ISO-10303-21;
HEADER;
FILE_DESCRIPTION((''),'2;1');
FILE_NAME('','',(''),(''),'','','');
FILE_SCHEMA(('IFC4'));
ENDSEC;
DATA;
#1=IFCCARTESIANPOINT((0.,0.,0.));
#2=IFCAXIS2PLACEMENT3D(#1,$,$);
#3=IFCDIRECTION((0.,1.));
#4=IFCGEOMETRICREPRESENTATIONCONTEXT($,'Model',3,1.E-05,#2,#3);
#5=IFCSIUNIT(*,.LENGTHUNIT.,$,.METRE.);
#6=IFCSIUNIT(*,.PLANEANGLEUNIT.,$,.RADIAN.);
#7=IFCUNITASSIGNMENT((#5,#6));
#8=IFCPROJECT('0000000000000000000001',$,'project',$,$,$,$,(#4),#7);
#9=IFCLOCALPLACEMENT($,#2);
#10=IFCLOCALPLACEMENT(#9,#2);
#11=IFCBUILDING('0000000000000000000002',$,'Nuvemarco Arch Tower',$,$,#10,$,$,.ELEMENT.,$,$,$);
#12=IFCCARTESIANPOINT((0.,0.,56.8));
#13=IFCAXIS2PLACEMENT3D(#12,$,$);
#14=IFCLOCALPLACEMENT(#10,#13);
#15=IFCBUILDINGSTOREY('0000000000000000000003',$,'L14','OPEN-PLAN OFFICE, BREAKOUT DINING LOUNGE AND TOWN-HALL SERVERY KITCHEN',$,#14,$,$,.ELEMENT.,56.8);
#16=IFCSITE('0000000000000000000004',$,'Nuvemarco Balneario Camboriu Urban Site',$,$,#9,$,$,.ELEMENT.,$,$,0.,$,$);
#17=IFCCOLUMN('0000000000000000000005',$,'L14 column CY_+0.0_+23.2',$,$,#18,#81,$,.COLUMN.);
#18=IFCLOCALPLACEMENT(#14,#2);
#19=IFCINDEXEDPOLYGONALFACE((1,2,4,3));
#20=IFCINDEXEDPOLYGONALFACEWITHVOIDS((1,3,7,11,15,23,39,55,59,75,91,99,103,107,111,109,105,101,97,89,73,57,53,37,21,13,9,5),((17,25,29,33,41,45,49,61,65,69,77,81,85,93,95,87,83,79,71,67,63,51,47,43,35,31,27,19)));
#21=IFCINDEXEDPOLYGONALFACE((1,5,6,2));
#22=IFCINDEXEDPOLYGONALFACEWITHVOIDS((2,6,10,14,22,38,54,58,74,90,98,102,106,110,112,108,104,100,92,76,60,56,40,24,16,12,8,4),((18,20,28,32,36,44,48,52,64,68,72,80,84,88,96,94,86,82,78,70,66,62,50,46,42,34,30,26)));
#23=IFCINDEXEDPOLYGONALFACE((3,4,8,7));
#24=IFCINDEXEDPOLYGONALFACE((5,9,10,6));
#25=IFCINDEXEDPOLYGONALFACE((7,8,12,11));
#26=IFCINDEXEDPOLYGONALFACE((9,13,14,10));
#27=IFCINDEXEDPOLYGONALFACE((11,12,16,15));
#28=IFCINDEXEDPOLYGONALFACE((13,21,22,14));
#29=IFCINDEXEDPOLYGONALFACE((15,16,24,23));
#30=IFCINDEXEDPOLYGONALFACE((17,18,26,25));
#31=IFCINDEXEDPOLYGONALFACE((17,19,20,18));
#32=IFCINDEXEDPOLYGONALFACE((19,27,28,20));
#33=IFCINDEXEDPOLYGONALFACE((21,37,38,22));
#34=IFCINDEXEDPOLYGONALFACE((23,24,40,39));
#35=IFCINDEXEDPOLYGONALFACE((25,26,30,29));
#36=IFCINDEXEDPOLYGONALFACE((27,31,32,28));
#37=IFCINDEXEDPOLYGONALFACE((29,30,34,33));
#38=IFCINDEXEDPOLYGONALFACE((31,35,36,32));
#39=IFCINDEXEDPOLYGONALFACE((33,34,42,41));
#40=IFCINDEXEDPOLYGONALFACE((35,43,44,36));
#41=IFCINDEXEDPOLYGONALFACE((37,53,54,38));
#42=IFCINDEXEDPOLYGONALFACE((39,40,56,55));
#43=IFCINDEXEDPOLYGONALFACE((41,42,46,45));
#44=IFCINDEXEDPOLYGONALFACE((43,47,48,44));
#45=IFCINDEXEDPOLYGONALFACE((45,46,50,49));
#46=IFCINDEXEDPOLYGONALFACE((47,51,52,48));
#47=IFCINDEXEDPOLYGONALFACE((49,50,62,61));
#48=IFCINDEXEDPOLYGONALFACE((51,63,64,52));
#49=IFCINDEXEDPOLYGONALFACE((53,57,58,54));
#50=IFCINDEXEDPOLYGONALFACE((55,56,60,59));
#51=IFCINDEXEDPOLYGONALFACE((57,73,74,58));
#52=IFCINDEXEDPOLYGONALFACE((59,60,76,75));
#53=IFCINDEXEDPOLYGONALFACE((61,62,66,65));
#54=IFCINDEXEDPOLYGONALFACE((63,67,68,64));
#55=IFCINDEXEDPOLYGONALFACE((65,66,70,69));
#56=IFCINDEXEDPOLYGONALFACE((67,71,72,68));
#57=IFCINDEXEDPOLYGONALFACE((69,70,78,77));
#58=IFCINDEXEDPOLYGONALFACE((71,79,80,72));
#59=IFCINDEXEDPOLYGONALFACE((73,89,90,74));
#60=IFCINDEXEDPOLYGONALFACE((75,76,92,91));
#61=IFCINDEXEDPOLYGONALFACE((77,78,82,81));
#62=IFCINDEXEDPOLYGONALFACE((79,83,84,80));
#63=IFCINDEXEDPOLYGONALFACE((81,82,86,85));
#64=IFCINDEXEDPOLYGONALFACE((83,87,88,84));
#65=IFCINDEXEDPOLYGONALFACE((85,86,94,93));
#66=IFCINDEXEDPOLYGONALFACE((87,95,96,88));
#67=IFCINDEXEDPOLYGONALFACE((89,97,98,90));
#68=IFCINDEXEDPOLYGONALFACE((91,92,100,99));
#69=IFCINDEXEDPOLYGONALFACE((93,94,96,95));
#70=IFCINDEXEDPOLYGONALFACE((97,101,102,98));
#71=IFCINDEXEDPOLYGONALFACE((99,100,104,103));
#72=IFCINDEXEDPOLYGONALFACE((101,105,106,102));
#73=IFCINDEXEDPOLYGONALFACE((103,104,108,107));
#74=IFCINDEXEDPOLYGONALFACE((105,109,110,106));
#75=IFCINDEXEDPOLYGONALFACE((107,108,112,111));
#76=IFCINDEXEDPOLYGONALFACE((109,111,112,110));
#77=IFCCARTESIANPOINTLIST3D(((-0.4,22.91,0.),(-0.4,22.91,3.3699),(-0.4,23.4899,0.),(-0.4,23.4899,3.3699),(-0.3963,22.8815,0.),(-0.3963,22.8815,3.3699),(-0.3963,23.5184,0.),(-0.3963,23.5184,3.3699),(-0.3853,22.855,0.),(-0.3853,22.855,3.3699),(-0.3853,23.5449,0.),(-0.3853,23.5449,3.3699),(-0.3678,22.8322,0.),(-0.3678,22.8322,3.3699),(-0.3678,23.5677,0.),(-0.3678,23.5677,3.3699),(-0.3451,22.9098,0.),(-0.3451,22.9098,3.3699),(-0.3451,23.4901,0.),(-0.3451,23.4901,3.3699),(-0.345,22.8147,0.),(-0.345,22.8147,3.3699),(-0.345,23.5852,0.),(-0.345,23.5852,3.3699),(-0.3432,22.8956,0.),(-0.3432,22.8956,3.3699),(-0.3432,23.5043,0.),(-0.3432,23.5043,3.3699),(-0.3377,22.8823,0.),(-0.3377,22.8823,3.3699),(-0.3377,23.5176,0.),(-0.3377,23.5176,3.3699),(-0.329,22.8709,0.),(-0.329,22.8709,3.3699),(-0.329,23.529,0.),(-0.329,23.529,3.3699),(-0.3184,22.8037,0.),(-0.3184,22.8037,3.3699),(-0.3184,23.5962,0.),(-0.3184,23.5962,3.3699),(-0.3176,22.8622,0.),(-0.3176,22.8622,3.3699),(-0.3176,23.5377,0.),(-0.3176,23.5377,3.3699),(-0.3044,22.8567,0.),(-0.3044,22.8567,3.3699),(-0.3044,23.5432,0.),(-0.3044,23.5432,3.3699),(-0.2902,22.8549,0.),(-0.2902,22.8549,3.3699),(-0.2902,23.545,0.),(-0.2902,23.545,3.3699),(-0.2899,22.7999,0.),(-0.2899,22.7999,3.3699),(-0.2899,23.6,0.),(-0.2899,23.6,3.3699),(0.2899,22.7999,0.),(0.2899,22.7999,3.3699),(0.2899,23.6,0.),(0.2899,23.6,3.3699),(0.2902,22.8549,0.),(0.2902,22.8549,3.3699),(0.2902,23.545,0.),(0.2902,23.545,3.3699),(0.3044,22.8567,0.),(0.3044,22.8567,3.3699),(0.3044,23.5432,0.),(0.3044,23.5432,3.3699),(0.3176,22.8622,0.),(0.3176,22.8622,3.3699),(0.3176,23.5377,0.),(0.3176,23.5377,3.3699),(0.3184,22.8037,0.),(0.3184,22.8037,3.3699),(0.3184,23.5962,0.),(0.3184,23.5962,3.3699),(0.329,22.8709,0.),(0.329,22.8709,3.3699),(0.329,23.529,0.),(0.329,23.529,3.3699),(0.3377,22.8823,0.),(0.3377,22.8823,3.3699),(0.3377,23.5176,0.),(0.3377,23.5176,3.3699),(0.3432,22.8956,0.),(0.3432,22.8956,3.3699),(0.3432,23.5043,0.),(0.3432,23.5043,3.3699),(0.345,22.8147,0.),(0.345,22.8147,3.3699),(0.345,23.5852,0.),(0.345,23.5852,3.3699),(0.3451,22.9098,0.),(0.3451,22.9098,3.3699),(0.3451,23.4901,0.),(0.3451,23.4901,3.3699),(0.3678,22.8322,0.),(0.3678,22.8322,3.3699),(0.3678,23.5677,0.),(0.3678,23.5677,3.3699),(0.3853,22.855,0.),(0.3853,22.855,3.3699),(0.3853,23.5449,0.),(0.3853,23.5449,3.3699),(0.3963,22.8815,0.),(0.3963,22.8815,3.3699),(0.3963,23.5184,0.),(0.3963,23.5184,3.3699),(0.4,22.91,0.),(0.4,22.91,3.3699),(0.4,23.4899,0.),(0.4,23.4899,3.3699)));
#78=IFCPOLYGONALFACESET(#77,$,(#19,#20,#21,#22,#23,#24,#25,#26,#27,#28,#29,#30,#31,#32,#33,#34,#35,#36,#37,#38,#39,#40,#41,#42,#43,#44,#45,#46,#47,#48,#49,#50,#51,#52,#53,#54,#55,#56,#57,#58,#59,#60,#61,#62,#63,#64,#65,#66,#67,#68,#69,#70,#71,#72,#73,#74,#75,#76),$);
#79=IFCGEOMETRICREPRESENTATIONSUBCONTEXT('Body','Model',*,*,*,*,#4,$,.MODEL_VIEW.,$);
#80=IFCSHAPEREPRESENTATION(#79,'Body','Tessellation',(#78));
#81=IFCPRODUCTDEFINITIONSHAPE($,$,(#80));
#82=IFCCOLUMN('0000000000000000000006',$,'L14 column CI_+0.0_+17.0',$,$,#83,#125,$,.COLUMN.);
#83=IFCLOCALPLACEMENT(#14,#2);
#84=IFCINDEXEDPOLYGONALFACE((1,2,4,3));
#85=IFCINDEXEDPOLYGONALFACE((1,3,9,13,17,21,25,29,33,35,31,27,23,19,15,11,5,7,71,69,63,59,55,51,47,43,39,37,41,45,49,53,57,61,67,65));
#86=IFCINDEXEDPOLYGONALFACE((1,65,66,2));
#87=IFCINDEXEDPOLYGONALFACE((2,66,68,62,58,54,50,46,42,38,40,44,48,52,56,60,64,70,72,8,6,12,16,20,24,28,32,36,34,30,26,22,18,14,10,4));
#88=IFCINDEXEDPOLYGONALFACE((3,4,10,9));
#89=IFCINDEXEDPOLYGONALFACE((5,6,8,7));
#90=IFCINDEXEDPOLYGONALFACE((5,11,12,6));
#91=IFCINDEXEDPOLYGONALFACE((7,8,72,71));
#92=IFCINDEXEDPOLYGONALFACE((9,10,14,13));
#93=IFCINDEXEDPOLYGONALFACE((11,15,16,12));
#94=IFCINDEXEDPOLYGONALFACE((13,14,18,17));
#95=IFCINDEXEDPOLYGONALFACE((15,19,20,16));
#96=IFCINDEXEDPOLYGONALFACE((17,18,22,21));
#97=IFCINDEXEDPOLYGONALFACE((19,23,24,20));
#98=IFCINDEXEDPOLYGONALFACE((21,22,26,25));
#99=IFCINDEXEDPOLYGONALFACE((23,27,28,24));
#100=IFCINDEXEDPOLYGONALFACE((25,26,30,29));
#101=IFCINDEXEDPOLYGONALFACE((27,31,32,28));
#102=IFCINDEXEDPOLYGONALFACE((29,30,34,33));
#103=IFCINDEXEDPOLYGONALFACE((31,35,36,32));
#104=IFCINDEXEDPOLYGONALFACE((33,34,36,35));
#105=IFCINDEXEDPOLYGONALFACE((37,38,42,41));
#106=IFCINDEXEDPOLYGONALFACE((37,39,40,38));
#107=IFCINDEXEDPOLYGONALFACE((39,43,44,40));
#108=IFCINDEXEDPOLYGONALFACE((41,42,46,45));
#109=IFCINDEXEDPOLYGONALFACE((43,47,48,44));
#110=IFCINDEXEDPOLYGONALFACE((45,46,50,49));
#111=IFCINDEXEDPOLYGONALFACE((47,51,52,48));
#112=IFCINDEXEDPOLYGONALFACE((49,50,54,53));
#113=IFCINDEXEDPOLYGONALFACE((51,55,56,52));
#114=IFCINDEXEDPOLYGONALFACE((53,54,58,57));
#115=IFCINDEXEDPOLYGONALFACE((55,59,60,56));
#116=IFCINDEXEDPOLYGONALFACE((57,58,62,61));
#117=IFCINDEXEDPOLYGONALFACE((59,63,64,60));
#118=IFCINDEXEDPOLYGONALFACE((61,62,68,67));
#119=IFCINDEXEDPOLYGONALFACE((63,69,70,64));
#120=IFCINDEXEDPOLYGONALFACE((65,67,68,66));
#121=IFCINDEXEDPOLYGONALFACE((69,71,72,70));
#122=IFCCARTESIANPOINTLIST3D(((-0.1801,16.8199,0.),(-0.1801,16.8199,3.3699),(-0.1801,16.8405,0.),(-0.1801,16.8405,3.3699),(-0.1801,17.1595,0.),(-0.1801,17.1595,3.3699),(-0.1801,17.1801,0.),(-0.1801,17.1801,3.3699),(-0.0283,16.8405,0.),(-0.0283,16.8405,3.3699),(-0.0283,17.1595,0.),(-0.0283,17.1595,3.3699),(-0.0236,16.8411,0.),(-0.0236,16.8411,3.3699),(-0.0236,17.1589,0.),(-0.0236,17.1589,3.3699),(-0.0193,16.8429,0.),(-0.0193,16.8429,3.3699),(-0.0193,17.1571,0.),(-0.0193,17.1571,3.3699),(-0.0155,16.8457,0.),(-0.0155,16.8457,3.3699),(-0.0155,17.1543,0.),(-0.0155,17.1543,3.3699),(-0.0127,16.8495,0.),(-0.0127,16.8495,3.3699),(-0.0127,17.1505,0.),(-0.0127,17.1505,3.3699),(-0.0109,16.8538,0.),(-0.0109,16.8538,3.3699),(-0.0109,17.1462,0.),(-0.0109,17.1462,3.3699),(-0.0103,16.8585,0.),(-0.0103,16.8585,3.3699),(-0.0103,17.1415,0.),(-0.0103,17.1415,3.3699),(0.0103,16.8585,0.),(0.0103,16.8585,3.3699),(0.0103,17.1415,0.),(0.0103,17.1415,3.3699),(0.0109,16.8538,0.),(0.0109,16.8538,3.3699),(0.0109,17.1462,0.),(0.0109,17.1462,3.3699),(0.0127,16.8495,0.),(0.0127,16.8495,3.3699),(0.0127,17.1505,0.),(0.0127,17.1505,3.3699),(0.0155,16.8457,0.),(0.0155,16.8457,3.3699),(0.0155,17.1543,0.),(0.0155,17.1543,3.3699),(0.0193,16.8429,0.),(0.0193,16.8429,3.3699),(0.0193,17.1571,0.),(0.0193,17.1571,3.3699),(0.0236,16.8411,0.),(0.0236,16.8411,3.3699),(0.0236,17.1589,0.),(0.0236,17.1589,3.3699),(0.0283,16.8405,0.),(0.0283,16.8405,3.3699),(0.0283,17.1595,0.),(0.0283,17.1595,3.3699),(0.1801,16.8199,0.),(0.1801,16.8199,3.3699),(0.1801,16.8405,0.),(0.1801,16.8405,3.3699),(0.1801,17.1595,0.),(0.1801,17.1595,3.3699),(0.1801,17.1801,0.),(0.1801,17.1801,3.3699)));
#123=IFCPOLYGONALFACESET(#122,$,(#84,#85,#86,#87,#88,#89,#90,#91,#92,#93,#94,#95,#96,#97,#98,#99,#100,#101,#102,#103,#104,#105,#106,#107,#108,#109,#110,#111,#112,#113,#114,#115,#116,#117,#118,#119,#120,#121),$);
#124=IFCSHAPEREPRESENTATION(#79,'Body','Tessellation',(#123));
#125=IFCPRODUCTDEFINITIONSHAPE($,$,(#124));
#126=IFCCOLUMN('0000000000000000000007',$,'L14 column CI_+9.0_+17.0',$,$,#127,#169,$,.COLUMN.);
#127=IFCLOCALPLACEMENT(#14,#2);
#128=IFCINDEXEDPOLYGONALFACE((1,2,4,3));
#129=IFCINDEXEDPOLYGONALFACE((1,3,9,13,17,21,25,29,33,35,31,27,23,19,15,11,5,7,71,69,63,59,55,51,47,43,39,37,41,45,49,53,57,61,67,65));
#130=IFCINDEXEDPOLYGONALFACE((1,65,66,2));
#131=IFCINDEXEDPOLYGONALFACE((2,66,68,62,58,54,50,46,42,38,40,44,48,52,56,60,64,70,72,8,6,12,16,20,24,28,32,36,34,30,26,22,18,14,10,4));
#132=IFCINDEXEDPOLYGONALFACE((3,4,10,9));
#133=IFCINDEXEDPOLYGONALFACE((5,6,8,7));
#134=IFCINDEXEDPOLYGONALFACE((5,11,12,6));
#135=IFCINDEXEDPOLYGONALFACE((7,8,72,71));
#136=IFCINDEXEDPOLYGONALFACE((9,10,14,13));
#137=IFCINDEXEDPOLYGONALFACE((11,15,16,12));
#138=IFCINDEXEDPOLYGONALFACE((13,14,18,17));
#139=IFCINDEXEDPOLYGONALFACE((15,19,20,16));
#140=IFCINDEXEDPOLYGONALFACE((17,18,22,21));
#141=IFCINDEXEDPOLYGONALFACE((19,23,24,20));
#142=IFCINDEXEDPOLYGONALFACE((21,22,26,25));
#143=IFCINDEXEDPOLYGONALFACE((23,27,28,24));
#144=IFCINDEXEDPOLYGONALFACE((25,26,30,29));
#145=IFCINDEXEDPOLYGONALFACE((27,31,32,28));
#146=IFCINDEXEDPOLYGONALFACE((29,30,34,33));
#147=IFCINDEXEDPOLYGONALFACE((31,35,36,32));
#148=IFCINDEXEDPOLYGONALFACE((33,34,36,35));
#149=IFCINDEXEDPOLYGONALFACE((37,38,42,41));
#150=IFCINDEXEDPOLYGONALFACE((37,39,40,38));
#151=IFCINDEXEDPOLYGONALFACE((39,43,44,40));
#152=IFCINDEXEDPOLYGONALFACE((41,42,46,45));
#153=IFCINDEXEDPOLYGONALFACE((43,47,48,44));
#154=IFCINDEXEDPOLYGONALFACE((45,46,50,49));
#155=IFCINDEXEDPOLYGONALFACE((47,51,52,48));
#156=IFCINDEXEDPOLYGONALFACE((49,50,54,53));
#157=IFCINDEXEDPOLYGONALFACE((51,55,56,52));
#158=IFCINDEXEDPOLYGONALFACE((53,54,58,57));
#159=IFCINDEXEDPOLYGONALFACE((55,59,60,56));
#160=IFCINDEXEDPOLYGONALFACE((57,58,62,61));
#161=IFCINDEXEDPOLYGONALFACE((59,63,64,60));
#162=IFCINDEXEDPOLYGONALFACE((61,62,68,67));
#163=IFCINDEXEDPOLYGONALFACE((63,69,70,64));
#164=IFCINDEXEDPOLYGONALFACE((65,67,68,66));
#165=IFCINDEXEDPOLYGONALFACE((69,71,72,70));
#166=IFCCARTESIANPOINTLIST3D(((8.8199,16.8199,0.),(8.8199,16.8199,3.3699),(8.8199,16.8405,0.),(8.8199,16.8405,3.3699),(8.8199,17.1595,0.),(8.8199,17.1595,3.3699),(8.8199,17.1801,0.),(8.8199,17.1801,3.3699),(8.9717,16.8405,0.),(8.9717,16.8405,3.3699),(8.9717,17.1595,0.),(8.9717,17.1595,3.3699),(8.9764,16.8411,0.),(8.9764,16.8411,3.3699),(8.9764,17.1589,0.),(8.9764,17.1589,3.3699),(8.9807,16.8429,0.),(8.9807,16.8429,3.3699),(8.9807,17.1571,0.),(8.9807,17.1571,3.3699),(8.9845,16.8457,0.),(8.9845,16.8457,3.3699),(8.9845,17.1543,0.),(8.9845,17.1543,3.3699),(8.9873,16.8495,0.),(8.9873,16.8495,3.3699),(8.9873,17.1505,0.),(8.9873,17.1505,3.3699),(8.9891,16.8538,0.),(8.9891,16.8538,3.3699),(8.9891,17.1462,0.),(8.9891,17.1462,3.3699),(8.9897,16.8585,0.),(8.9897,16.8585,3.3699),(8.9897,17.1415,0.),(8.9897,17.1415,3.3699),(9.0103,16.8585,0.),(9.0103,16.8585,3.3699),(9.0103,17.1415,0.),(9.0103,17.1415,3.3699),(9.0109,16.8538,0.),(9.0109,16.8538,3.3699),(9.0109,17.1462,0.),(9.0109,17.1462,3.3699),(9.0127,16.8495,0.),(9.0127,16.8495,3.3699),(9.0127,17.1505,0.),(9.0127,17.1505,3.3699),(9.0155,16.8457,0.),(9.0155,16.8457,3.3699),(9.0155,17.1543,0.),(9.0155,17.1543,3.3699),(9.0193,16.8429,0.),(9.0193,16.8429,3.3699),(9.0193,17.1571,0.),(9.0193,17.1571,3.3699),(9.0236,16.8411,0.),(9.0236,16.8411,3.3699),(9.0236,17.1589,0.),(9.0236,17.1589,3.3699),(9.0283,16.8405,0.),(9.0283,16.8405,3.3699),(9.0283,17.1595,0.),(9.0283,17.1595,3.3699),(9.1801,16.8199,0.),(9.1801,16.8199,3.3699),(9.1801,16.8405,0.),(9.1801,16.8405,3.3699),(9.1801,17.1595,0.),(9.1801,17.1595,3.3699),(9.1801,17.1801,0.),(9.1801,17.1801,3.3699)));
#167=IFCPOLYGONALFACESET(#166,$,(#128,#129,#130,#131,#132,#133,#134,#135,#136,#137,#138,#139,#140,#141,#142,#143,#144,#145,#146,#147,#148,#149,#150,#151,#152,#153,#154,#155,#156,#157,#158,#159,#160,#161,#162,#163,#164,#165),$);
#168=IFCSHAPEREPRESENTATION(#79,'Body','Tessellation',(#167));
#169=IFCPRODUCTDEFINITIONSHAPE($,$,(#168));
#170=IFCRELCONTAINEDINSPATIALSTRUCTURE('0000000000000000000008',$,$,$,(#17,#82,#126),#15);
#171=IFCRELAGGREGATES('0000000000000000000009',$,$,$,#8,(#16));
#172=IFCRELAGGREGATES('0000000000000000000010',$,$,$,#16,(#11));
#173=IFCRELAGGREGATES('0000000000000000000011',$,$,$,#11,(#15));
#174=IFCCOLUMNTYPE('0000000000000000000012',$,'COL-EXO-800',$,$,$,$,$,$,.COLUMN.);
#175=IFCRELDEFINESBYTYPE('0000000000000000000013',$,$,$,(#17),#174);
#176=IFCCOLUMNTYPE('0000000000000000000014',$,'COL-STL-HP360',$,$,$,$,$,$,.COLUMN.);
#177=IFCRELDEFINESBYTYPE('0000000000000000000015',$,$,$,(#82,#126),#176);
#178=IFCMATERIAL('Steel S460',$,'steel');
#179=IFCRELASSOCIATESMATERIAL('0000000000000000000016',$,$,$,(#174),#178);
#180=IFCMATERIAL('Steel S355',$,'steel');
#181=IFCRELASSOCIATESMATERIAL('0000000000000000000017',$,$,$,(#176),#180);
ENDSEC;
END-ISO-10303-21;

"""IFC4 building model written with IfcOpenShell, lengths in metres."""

from ifc_helpers import new_model, si_unit, direction, frame, origin, origin_2d, place, context, subcontext, project, spatial, hollow_rectangle, i_section, extrude, material, material_profile, profile_set, type_object, element, save


model = new_model("IFC4")

# Units and contexts
model_context = context("Model", 3, precision=1e-05, world=origin(), true_north=direction((0.0, 1.0)))
body_context = subcontext(model_context, "Body", "Model", "MODEL_VIEW")
ifc_project = project(units=[si_unit("LENGTHUNIT", "METRE"), si_unit("PLANEANGLEUNIT", "RADIAN")], contexts=[model_context])

# Site, building, storey
site_placement = place(None, origin())
site = spatial("IfcSite", under=ifc_project, at=site_placement, Name="Nuvemarco Balneario Camboriu Urban Site", CompositionType="ELEMENT", RefElevation=0.0)
building_placement = place(site_placement, origin())
building = spatial("IfcBuilding", under=site, at=building_placement, Name="Nuvemarco Arch Tower", CompositionType="ELEMENT")
storey_placement = place(building_placement, frame((0.0, 0.0, 56.8)))
storey = spatial("IfcBuildingStorey", under=building, at=storey_placement, Name="L14", Description="OPEN-PLAN OFFICE, BREAKOUT DINING LOUNGE AND TOWN-HALL SERVERY KITCHEN", CompositionType="ELEMENT", Elevation=56.8)

# Columns
ifc_material_1 = material(Name="Steel S460", Category="steel")
ifc_material_profile_1 = material_profile(ifc_material_1, hollow_rectangle(XDim=0.8, YDim=0.8, WallThickness=0.0549, InnerFilletRadius=0.0549, OuterFilletRadius=0.1101, at=origin_2d()), Name="SHS800x800x55")
ifc_profile_set_1 = profile_set([ifc_material_profile_1], Name="Steel S460")
column_type_1 = type_object("IfcColumnType", Name="COL-EXO-800", PredefinedType="COLUMN", material=ifc_profile_set_1)
column_placement = place(storey_placement, frame((0.0, 23.2, 0.0), z_axis=(0.0, 0.0, 1.0), x_axis=(1.0, 0.0, 0.0)))
element("IfcColumn", 1, at=column_placement, inside=storey, type_object=column_type_1, Name="L14 column CY_+0.0_+23.2", PredefinedType="COLUMN", context=body_context, shape_type="SweptSolid", body=[
    extrude(hollow_rectangle(XDim=0.8, YDim=0.8, WallThickness=0.0549, InnerFilletRadius=0.0549, OuterFilletRadius=0.1101, at=origin_2d()), origin(), (0.0, 0.0, 1.0), 3.3699),
])
ifc_material_2 = material(Name="Steel S355", Category="steel")
ifc_material_profile_2 = material_profile(ifc_material_2, i_section(OverallWidth=0.3601, OverallDepth=0.3601, WebThickness=0.0205, FlangeThickness=0.0205, FilletRadius=0.0181, at=origin_2d()), Name="HP360x174")
ifc_profile_set_2 = profile_set([ifc_material_profile_2], Name="Steel S355")
column_type_2 = type_object("IfcColumnType", Name="COL-STL-HP360", PredefinedType="COLUMN", material=ifc_profile_set_2)
for number, where, z_axis, x_axis, name in (
    (2, (0.0, 17.0, 0.0), (0.0, 0.0, 1.0), (1.0, 0.0, 0.0), "L14 column CI_+0.0_+17.0"),
    (3, (9.0, 17.0, 0.0), (0.0, 0.0, 1.0), (1.0, 0.0, 0.0), "L14 column CI_+9.0_+17.0"),
):
    element("IfcColumn", number, at=place(storey_placement, frame(where, z_axis=z_axis, x_axis=x_axis)), inside=storey, type_object=column_type_2, Name=name, PredefinedType="COLUMN", context=body_context, shape_type="SweptSolid", body=[
        extrude(i_section(OverallWidth=0.3601, OverallDepth=0.3601, WebThickness=0.0205, FlangeThickness=0.0205, FilletRadius=0.0181, at=origin_2d()), origin(), (0.0, 0.0, 1.0), 3.3699),
    ])

save(model, "model.ifc")
